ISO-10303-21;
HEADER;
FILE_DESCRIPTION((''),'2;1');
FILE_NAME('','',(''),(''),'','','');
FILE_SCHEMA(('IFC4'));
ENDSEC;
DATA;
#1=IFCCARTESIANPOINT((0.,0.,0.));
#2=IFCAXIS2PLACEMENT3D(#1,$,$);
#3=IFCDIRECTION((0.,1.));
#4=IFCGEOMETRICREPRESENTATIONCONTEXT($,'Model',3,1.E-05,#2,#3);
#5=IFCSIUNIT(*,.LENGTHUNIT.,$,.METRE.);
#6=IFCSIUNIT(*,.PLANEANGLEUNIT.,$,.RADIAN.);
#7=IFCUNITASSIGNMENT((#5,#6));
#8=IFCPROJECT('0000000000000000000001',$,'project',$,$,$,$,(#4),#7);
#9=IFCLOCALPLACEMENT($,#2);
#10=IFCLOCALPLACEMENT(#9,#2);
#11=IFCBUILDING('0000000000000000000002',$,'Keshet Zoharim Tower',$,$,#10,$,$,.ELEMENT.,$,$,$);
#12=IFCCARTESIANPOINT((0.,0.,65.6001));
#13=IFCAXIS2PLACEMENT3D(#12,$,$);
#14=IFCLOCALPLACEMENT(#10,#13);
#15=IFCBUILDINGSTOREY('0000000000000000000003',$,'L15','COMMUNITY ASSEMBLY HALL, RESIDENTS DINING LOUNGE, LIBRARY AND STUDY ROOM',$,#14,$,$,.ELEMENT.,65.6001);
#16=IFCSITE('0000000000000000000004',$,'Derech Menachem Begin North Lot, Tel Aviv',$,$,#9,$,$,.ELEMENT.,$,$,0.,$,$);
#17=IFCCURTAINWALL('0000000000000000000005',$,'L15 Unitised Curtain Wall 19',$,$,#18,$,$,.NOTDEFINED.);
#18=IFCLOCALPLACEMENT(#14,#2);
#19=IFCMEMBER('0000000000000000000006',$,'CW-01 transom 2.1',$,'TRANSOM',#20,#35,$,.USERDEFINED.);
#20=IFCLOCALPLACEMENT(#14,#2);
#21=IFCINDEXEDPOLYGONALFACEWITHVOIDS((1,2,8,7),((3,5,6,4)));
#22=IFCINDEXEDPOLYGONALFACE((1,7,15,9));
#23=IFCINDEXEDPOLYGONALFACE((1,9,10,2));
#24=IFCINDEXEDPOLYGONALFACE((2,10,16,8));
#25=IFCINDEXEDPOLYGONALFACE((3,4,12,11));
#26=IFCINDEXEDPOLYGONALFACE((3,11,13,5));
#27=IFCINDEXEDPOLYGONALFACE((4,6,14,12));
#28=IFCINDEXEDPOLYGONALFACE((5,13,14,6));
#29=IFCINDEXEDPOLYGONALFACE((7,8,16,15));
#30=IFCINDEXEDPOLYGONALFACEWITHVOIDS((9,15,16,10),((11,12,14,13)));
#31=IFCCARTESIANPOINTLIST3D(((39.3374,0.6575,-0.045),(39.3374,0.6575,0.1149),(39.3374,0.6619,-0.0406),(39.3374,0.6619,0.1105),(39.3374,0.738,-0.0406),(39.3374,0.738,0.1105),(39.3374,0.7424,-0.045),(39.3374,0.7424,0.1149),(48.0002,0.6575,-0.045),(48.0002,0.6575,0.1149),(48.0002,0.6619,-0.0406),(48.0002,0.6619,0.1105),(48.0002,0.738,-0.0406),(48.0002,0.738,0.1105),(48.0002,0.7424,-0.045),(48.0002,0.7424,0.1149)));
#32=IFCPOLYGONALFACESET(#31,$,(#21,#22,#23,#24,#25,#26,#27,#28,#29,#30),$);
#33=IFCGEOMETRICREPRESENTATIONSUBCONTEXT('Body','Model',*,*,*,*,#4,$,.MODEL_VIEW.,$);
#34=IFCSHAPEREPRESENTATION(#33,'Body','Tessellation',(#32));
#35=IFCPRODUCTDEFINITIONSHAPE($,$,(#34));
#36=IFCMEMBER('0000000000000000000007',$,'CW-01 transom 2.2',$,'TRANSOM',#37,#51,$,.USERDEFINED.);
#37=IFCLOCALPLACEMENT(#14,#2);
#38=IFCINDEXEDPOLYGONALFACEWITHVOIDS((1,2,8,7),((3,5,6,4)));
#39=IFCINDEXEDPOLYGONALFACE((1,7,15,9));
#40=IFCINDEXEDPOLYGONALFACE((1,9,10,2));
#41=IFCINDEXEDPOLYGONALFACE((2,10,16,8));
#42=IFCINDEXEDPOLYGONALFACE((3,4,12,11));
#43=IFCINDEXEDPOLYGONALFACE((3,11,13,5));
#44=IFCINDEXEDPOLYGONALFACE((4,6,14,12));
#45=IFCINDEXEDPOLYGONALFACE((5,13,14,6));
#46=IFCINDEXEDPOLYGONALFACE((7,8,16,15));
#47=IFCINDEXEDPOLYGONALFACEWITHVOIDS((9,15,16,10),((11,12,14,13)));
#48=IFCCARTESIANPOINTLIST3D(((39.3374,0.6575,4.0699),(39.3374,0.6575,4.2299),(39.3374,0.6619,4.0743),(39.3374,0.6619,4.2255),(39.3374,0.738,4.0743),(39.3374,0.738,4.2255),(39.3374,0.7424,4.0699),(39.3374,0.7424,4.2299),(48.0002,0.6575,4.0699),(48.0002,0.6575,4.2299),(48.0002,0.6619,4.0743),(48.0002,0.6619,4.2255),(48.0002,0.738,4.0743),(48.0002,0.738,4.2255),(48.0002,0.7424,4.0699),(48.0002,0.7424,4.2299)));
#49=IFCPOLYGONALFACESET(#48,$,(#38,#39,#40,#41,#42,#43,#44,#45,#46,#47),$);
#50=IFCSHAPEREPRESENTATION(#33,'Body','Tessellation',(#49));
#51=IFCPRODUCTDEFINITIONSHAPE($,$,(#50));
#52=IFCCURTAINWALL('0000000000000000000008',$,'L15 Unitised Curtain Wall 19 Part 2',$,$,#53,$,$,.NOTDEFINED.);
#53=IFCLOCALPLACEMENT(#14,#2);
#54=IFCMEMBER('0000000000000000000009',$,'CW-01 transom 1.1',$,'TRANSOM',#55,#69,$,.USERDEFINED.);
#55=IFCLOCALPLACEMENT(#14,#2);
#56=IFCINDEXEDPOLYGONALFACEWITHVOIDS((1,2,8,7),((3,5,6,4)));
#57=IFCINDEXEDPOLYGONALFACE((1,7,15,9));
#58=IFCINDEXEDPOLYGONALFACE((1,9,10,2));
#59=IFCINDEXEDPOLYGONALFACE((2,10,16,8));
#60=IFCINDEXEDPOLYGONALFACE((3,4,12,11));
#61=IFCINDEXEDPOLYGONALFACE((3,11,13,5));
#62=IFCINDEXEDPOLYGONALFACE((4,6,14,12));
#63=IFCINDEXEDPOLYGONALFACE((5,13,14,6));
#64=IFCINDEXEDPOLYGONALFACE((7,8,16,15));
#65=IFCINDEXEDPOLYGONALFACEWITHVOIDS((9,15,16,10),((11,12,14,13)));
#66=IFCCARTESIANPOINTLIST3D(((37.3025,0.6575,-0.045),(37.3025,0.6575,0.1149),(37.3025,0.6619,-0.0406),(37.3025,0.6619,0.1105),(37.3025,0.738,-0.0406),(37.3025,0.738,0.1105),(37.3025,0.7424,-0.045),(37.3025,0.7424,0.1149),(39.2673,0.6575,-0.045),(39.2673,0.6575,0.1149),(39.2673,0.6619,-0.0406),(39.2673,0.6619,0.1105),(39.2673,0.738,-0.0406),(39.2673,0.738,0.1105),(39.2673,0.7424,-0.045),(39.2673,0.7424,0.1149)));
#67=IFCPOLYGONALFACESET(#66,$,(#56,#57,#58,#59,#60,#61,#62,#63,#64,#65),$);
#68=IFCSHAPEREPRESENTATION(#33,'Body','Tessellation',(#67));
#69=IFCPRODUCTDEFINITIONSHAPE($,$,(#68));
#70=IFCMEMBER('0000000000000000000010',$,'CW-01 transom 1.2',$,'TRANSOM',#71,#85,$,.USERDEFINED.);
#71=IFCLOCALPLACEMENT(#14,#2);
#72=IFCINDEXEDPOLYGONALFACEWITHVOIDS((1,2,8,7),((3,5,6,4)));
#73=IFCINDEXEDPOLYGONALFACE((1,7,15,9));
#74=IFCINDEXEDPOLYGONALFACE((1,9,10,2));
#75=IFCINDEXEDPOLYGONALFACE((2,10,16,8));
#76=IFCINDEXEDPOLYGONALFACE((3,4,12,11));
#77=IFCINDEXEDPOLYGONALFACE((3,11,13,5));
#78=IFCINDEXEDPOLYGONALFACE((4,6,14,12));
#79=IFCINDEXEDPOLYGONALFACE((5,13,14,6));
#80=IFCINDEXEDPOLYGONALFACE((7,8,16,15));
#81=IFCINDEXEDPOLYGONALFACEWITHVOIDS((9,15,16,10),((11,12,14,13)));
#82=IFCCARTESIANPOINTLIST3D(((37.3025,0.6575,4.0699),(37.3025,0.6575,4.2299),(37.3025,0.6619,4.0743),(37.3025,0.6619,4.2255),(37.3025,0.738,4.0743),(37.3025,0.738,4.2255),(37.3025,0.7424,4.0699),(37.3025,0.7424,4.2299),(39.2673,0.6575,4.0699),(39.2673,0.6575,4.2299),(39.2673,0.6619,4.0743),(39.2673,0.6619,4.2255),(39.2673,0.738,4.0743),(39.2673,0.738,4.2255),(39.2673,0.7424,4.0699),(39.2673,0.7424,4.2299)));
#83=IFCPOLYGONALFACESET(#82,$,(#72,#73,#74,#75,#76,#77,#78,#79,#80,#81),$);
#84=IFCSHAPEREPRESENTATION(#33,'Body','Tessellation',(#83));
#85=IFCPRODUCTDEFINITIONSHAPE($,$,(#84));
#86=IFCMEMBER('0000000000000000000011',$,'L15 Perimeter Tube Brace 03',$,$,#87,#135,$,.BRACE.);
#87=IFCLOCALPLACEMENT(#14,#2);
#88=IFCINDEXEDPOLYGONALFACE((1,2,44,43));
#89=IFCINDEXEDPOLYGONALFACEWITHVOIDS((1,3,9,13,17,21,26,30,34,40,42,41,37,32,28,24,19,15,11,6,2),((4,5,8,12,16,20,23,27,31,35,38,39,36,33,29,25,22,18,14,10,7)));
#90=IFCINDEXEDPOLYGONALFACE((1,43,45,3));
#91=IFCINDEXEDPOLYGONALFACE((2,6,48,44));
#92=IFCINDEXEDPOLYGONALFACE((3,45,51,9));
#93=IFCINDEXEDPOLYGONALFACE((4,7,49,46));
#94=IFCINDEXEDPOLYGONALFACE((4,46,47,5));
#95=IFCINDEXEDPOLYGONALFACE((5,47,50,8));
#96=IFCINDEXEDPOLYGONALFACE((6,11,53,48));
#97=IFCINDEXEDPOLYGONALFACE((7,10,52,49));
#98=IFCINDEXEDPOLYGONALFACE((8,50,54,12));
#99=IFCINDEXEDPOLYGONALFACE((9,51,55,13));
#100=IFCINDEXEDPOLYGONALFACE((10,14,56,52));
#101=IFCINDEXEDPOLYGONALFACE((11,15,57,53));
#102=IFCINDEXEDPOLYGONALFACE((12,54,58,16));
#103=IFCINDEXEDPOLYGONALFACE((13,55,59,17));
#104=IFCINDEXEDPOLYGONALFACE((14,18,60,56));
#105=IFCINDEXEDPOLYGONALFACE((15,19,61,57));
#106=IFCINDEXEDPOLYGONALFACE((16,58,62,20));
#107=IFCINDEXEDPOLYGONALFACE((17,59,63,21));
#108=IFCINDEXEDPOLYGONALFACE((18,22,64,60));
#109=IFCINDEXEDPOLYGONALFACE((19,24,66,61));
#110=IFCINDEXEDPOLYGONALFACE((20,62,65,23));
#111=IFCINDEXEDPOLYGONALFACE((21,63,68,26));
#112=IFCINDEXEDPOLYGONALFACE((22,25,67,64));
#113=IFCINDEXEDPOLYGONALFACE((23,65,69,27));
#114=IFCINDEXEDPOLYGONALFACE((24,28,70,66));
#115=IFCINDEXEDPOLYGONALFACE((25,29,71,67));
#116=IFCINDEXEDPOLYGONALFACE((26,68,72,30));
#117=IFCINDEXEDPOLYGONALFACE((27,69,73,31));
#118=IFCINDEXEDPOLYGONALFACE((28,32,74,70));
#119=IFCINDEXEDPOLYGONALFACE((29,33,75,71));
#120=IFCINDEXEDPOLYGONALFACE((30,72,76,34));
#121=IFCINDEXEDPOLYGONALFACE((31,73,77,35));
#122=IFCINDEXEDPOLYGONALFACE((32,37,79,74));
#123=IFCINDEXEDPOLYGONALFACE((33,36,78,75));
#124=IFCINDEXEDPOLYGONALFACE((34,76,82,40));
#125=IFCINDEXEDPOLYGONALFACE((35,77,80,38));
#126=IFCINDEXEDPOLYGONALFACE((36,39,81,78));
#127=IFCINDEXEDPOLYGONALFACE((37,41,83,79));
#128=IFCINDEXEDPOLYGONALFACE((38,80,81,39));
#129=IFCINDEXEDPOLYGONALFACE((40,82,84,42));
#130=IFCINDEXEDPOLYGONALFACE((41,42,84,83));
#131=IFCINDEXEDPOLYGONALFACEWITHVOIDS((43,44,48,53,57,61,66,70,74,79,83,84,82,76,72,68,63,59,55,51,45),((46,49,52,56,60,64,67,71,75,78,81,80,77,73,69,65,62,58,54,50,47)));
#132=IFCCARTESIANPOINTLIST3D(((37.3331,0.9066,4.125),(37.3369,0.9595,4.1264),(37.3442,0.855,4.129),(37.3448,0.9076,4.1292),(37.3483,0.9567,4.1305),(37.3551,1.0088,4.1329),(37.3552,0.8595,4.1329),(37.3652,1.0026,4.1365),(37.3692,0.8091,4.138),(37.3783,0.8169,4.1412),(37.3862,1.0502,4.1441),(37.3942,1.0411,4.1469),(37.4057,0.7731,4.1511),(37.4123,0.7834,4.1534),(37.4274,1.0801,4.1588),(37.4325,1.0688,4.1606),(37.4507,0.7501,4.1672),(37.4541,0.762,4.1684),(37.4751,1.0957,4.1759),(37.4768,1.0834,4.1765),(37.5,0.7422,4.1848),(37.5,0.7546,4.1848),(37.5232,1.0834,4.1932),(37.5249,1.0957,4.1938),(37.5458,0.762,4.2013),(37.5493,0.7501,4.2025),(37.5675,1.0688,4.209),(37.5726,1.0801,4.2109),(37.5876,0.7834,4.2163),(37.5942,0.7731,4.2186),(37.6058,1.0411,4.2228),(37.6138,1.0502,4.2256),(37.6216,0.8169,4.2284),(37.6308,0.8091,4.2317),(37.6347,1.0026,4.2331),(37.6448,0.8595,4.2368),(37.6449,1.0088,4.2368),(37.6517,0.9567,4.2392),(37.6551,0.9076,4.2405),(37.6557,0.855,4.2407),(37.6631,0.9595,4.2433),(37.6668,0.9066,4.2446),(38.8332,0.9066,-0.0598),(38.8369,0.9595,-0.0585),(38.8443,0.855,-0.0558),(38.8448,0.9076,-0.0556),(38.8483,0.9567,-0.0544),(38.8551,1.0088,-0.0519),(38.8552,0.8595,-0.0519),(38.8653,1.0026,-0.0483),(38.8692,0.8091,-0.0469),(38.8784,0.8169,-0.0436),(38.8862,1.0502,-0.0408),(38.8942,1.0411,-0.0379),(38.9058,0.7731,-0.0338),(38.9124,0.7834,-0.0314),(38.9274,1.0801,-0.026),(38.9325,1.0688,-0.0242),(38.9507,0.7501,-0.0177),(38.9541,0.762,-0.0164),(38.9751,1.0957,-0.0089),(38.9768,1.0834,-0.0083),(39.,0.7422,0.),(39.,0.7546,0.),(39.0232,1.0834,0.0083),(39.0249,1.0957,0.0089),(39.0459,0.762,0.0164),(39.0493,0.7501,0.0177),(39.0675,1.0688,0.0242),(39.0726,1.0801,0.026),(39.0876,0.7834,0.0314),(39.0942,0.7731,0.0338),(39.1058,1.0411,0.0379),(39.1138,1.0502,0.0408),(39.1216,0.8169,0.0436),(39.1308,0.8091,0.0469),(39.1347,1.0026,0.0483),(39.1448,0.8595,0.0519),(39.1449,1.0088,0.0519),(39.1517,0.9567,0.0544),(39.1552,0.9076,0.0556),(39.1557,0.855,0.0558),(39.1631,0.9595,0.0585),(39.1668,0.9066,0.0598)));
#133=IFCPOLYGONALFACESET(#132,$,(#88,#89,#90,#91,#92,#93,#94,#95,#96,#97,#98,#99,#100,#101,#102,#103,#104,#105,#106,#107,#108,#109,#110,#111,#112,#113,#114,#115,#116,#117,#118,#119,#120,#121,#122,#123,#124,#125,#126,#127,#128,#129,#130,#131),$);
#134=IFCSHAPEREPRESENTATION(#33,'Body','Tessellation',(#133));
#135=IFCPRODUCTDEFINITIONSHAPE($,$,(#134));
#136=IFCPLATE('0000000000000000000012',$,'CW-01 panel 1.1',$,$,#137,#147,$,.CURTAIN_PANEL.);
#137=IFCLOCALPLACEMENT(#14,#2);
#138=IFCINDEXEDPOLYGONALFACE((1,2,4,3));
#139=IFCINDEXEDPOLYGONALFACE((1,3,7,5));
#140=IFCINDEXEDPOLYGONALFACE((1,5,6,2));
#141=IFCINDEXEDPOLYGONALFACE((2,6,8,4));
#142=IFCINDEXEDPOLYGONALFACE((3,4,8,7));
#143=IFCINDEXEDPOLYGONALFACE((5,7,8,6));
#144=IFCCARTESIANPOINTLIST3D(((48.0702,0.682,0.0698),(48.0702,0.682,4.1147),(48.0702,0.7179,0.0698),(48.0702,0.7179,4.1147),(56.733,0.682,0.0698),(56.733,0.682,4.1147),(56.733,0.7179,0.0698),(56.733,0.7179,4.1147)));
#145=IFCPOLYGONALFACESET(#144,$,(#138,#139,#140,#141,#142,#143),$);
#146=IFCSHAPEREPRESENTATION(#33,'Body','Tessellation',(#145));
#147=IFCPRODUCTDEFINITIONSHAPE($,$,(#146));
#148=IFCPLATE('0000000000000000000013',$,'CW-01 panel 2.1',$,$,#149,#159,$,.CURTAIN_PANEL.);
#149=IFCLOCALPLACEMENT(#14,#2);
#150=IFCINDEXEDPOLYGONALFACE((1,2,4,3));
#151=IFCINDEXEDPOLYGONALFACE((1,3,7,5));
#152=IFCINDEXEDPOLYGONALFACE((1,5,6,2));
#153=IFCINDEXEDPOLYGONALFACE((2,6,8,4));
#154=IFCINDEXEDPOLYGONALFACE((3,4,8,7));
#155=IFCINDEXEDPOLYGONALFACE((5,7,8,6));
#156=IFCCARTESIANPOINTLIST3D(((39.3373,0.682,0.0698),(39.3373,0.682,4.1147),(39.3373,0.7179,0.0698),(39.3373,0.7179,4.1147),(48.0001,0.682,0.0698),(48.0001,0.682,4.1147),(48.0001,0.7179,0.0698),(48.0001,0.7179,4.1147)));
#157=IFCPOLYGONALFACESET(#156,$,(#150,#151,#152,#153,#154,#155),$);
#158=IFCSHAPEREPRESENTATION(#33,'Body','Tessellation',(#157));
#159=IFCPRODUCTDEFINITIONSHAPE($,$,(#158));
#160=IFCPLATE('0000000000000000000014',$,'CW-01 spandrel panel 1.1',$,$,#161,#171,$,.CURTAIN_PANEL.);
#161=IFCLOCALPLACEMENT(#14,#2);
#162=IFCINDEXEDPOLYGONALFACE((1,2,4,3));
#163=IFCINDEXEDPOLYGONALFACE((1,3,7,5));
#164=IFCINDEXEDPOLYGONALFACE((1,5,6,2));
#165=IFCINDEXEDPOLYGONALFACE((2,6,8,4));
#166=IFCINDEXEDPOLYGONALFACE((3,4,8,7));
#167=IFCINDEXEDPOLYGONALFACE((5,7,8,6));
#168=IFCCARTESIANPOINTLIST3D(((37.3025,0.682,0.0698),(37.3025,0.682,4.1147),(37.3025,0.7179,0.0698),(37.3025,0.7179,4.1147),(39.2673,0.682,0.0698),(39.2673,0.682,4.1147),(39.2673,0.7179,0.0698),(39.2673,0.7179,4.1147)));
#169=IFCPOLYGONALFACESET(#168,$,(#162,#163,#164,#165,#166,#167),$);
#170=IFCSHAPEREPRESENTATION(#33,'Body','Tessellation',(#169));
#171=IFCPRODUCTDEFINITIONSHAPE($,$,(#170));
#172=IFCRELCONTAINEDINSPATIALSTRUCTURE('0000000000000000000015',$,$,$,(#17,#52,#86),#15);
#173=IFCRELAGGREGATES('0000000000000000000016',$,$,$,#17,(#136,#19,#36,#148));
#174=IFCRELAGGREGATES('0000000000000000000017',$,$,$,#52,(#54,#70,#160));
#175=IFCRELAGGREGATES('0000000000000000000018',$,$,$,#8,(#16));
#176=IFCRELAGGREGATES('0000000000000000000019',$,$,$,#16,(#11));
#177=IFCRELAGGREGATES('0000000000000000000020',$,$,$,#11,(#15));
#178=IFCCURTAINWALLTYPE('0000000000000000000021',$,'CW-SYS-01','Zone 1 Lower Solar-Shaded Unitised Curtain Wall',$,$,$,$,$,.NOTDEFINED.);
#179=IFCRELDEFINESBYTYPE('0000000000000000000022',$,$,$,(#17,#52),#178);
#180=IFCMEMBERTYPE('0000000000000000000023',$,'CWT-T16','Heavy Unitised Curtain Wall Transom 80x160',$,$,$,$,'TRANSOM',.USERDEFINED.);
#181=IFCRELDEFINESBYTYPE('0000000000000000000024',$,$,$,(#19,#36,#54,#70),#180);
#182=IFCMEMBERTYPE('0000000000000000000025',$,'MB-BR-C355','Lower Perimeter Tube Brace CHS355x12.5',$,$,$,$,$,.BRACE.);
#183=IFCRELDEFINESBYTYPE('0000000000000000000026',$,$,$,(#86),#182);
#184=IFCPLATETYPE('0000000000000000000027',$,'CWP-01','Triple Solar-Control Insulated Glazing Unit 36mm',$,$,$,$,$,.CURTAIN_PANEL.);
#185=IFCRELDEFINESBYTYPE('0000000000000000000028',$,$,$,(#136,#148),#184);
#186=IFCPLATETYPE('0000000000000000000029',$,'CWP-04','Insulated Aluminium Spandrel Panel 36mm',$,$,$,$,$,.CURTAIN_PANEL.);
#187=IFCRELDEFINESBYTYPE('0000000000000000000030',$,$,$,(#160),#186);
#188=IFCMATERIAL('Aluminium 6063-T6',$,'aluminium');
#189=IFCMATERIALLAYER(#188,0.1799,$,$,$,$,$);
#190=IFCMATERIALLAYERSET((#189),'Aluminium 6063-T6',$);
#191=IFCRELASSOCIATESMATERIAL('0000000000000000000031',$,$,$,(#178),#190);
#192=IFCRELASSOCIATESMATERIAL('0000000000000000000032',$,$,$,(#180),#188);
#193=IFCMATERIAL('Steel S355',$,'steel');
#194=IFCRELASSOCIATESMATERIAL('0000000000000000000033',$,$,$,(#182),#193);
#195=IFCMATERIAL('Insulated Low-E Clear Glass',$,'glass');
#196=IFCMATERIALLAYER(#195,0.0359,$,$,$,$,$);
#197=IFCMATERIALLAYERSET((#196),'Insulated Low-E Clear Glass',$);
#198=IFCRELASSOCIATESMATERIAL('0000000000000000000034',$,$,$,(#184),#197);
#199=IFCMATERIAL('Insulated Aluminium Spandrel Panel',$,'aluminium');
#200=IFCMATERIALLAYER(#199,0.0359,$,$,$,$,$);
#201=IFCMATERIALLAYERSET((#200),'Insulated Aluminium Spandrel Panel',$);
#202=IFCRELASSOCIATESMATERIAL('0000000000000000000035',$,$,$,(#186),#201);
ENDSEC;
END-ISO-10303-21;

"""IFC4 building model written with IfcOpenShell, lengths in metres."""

from ifc_helpers import new_model, si_unit, direction, frame, origin, origin_2d, place, context, subcontext, project, spatial, rectangle, hollow_rectangle, hollow_circle, extrude, material, layer, layer_set, material_profile, profile_set, type_object, element, aggregate, save


model = new_model("IFC4")

# Units and contexts
model_context = context("Model", 3, precision=1e-05, world=origin(), true_north=direction((0.0, 1.0)))
body_context = subcontext(model_context, "Body", "Model", "MODEL_VIEW")
ifc_project = project(units=[si_unit("LENGTHUNIT", "METRE"), si_unit("PLANEANGLEUNIT", "RADIAN")], contexts=[model_context])

# Site, building, storey
site_placement = place(None, origin())
site = spatial("IfcSite", under=ifc_project, at=site_placement, Name="Derech Menachem Begin North Lot, Tel Aviv", CompositionType="ELEMENT", RefElevation=0.0)
building_placement = place(site_placement, origin())
building = spatial("IfcBuilding", under=site, at=building_placement, Name="Keshet Zoharim Tower", CompositionType="ELEMENT")
storey_placement = place(building_placement, frame((0.0, 0.0, 65.6001)))
storey = spatial("IfcBuildingStorey", under=building, at=storey_placement, Name="L15", Description="COMMUNITY ASSEMBLY HALL, RESIDENTS DINING LOUNGE, LIBRARY AND STUDY ROOM", CompositionType="ELEMENT", Elevation=65.6001)

# Shared definitions
ifc_material_1 = material(Name="Steel S355", Category="steel")

# Curtain walls, members
ifc_material_2 = material(Name="Aluminium 6063-T6", Category="aluminium")
ifc_layer_1 = layer(ifc_material_2, 0.1799)
ifc_layer_set_1 = layer_set([ifc_layer_1], Name="Aluminium 6063-T6")
curtain_wall_type = type_object("IfcCurtainWallType", Name="CW-SYS-01", Description="Zone 1 Lower Solar-Shaded Unitised Curtain Wall", PredefinedType="NOTDEFINED", material=ifc_layer_set_1)
curtain_wall_1_placement = place(storey_placement, origin())
curtain_wall_1 = element("IfcCurtainWall", 1, at=curtain_wall_1_placement, inside=storey, type_object=curtain_wall_type, Name="L15 Unitised Curtain Wall 19", PredefinedType="NOTDEFINED")
ifc_material_profile_1 = material_profile(ifc_material_2, hollow_rectangle(XDim=0.085, YDim=0.1599, WallThickness=0.0044, at=origin_2d()), Name="TRN-85x160")
ifc_profile_set_1 = profile_set([ifc_material_profile_1], Name="Aluminium 6063-T6")
member_type_1 = type_object("IfcMemberType", Name="CWT-T16", Description="Heavy Unitised Curtain Wall Transom 80x160", ElementType="TRANSOM", PredefinedType="USERDEFINED", material=ifc_profile_set_1)
member_1_placement = place(storey_placement, frame((48.0002, 0.7, 0.0349), z_axis=(-1.0, 0.0, 0.0), x_axis=(0.0, -1.0, 0.0)))
member_1 = element("IfcMember", 2, at=member_1_placement, type_object=member_type_1, Name="CW-01 transom 2.1", ObjectType="TRANSOM", PredefinedType="USERDEFINED", context=body_context, shape_type="SweptSolid", body=[
    extrude(hollow_rectangle(XDim=0.085, YDim=0.1599, WallThickness=0.0044, at=origin_2d()), origin(), (0.0, 0.0, 1.0), 8.6628),
])
member_2_placement = place(storey_placement, frame((48.0002, 0.7, 4.1499), z_axis=(-1.0, 0.0, 0.0), x_axis=(0.0, -1.0, 0.0)))
member_2 = element("IfcMember", 3, at=member_2_placement, type_object=member_type_1, Name="CW-01 transom 2.2", ObjectType="TRANSOM", PredefinedType="USERDEFINED", context=body_context, shape_type="SweptSolid", body=[
    extrude(hollow_rectangle(XDim=0.085, YDim=0.1599, WallThickness=0.0044, at=origin_2d()), origin(), (0.0, 0.0, 1.0), 8.6628),
])
curtain_wall_2_placement = place(storey_placement, origin())
curtain_wall_2 = element("IfcCurtainWall", 4, at=curtain_wall_2_placement, inside=storey, type_object=curtain_wall_type, Name="L15 Unitised Curtain Wall 19 Part 2", PredefinedType="NOTDEFINED")
member_3_placement = place(storey_placement, frame((39.2673, 0.7, 0.0349), z_axis=(-1.0, 0.0, 0.0), x_axis=(0.0, -1.0, 0.0)))
member_3 = element("IfcMember", 5, at=member_3_placement, type_object=member_type_1, Name="CW-01 transom 1.1", ObjectType="TRANSOM", PredefinedType="USERDEFINED", context=body_context, shape_type="SweptSolid", body=[
    extrude(hollow_rectangle(XDim=0.085, YDim=0.1599, WallThickness=0.0044, at=origin_2d()), origin(), (0.0, 0.0, 1.0), 1.9648),
])
member_4_placement = place(storey_placement, frame((39.2673, 0.7, 4.1499), z_axis=(-1.0, 0.0, 0.0), x_axis=(0.0, -1.0, 0.0)))
member_4 = element("IfcMember", 6, at=member_4_placement, type_object=member_type_1, Name="CW-01 transom 1.2", ObjectType="TRANSOM", PredefinedType="USERDEFINED", context=body_context, shape_type="SweptSolid", body=[
    extrude(hollow_rectangle(XDim=0.085, YDim=0.1599, WallThickness=0.0044, at=origin_2d()), origin(), (0.0, 0.0, 1.0), 1.9648),
])

# Member
ifc_material_profile_2 = material_profile(ifc_material_1, hollow_circle(Radius=0.1777, WallThickness=0.0125, at=origin_2d()), Name="CHS355x12.5")
ifc_profile_set_2 = profile_set([ifc_material_profile_2], Name="Steel S355")
member_type_2 = type_object("IfcMemberType", Name="MB-BR-C355", Description="Lower Perimeter Tube Brace CHS355x12.5", PredefinedType="BRACE", material=ifc_profile_set_2)
member_5_placement = place(storey_placement, frame((39.0, 0.9199, 0.0), z_axis=(-0.337418, 0.0, 0.941355), x_axis=(0.0, -1.0, 0.0)))
element("IfcMember", 7, at=member_5_placement, inside=storey, type_object=member_type_2, Name="L15 Perimeter Tube Brace 03", PredefinedType="BRACE", context=body_context, shape_type="SweptSolid", body=[
    extrude(hollow_circle(Radius=0.1777, WallThickness=0.0125, at=origin_2d()), origin(), (0.0, 0.0, 1.0), 4.4456),
])

# Plates
ifc_material_3 = material(Name="Insulated Low-E Clear Glass", Category="glass")
ifc_layer_2 = layer(ifc_material_3, 0.0359)
ifc_layer_set_2 = layer_set([ifc_layer_2], Name="Insulated Low-E Clear Glass")
plate_type_1 = type_object("IfcPlateType", Name="CWP-01", Description="Triple Solar-Control Insulated Glazing Unit 36mm", PredefinedType="CURTAIN_PANEL", material=ifc_layer_set_2)
plate_1_placement = place(storey_placement, frame((52.4016, 0.7, 0.0698), z_axis=(0.0, 0.0, 1.0), x_axis=(-1.0, 0.0, 0.0)))
plate_1 = element("IfcPlate", 8, at=plate_1_placement, type_object=plate_type_1, Name="CW-01 panel 1.1", PredefinedType="CURTAIN_PANEL", context=body_context, shape_type="SweptSolid", body=[
    extrude(rectangle(XDim=8.6628, YDim=0.0359, at=origin_2d()), origin(), (0.0, 0.0, 1.0), 4.0449),
])
plate_2_placement = place(storey_placement, frame((43.6687, 0.7, 0.0698), z_axis=(0.0, 0.0, 1.0), x_axis=(-1.0, 0.0, 0.0)))
plate_2 = element("IfcPlate", 9, at=plate_2_placement, type_object=plate_type_1, Name="CW-01 panel 2.1", PredefinedType="CURTAIN_PANEL", context=body_context, shape_type="SweptSolid", body=[
    extrude(rectangle(XDim=8.6628, YDim=0.0359, at=origin_2d()), origin(), (0.0, 0.0, 1.0), 4.0449),
])
aggregate(curtain_wall_1, [plate_1, member_1, member_2, plate_2])
ifc_material_4 = material(Name="Insulated Aluminium Spandrel Panel", Category="aluminium")
ifc_layer_3 = layer(ifc_material_4, 0.0359)
ifc_layer_set_3 = layer_set([ifc_layer_3], Name="Insulated Aluminium Spandrel Panel")
plate_type_2 = type_object("IfcPlateType", Name="CWP-04", Description="Insulated Aluminium Spandrel Panel 36mm", PredefinedType="CURTAIN_PANEL", material=ifc_layer_set_3)
plate_3_placement = place(storey_placement, frame((38.2849, 0.7, 0.0698), z_axis=(0.0, 0.0, 1.0), x_axis=(-1.0, 0.0, 0.0)))
plate_3 = element("IfcPlate", 10, at=plate_3_placement, type_object=plate_type_2, Name="CW-01 spandrel panel 1.1", PredefinedType="CURTAIN_PANEL", context=body_context, shape_type="SweptSolid", body=[
    extrude(rectangle(XDim=1.9648, YDim=0.0359, at=origin_2d()), origin(), (0.0, 0.0, 1.0), 4.0449),
])
aggregate(curtain_wall_2, [member_3, member_4, plate_3])

save(model, "model.ifc")
